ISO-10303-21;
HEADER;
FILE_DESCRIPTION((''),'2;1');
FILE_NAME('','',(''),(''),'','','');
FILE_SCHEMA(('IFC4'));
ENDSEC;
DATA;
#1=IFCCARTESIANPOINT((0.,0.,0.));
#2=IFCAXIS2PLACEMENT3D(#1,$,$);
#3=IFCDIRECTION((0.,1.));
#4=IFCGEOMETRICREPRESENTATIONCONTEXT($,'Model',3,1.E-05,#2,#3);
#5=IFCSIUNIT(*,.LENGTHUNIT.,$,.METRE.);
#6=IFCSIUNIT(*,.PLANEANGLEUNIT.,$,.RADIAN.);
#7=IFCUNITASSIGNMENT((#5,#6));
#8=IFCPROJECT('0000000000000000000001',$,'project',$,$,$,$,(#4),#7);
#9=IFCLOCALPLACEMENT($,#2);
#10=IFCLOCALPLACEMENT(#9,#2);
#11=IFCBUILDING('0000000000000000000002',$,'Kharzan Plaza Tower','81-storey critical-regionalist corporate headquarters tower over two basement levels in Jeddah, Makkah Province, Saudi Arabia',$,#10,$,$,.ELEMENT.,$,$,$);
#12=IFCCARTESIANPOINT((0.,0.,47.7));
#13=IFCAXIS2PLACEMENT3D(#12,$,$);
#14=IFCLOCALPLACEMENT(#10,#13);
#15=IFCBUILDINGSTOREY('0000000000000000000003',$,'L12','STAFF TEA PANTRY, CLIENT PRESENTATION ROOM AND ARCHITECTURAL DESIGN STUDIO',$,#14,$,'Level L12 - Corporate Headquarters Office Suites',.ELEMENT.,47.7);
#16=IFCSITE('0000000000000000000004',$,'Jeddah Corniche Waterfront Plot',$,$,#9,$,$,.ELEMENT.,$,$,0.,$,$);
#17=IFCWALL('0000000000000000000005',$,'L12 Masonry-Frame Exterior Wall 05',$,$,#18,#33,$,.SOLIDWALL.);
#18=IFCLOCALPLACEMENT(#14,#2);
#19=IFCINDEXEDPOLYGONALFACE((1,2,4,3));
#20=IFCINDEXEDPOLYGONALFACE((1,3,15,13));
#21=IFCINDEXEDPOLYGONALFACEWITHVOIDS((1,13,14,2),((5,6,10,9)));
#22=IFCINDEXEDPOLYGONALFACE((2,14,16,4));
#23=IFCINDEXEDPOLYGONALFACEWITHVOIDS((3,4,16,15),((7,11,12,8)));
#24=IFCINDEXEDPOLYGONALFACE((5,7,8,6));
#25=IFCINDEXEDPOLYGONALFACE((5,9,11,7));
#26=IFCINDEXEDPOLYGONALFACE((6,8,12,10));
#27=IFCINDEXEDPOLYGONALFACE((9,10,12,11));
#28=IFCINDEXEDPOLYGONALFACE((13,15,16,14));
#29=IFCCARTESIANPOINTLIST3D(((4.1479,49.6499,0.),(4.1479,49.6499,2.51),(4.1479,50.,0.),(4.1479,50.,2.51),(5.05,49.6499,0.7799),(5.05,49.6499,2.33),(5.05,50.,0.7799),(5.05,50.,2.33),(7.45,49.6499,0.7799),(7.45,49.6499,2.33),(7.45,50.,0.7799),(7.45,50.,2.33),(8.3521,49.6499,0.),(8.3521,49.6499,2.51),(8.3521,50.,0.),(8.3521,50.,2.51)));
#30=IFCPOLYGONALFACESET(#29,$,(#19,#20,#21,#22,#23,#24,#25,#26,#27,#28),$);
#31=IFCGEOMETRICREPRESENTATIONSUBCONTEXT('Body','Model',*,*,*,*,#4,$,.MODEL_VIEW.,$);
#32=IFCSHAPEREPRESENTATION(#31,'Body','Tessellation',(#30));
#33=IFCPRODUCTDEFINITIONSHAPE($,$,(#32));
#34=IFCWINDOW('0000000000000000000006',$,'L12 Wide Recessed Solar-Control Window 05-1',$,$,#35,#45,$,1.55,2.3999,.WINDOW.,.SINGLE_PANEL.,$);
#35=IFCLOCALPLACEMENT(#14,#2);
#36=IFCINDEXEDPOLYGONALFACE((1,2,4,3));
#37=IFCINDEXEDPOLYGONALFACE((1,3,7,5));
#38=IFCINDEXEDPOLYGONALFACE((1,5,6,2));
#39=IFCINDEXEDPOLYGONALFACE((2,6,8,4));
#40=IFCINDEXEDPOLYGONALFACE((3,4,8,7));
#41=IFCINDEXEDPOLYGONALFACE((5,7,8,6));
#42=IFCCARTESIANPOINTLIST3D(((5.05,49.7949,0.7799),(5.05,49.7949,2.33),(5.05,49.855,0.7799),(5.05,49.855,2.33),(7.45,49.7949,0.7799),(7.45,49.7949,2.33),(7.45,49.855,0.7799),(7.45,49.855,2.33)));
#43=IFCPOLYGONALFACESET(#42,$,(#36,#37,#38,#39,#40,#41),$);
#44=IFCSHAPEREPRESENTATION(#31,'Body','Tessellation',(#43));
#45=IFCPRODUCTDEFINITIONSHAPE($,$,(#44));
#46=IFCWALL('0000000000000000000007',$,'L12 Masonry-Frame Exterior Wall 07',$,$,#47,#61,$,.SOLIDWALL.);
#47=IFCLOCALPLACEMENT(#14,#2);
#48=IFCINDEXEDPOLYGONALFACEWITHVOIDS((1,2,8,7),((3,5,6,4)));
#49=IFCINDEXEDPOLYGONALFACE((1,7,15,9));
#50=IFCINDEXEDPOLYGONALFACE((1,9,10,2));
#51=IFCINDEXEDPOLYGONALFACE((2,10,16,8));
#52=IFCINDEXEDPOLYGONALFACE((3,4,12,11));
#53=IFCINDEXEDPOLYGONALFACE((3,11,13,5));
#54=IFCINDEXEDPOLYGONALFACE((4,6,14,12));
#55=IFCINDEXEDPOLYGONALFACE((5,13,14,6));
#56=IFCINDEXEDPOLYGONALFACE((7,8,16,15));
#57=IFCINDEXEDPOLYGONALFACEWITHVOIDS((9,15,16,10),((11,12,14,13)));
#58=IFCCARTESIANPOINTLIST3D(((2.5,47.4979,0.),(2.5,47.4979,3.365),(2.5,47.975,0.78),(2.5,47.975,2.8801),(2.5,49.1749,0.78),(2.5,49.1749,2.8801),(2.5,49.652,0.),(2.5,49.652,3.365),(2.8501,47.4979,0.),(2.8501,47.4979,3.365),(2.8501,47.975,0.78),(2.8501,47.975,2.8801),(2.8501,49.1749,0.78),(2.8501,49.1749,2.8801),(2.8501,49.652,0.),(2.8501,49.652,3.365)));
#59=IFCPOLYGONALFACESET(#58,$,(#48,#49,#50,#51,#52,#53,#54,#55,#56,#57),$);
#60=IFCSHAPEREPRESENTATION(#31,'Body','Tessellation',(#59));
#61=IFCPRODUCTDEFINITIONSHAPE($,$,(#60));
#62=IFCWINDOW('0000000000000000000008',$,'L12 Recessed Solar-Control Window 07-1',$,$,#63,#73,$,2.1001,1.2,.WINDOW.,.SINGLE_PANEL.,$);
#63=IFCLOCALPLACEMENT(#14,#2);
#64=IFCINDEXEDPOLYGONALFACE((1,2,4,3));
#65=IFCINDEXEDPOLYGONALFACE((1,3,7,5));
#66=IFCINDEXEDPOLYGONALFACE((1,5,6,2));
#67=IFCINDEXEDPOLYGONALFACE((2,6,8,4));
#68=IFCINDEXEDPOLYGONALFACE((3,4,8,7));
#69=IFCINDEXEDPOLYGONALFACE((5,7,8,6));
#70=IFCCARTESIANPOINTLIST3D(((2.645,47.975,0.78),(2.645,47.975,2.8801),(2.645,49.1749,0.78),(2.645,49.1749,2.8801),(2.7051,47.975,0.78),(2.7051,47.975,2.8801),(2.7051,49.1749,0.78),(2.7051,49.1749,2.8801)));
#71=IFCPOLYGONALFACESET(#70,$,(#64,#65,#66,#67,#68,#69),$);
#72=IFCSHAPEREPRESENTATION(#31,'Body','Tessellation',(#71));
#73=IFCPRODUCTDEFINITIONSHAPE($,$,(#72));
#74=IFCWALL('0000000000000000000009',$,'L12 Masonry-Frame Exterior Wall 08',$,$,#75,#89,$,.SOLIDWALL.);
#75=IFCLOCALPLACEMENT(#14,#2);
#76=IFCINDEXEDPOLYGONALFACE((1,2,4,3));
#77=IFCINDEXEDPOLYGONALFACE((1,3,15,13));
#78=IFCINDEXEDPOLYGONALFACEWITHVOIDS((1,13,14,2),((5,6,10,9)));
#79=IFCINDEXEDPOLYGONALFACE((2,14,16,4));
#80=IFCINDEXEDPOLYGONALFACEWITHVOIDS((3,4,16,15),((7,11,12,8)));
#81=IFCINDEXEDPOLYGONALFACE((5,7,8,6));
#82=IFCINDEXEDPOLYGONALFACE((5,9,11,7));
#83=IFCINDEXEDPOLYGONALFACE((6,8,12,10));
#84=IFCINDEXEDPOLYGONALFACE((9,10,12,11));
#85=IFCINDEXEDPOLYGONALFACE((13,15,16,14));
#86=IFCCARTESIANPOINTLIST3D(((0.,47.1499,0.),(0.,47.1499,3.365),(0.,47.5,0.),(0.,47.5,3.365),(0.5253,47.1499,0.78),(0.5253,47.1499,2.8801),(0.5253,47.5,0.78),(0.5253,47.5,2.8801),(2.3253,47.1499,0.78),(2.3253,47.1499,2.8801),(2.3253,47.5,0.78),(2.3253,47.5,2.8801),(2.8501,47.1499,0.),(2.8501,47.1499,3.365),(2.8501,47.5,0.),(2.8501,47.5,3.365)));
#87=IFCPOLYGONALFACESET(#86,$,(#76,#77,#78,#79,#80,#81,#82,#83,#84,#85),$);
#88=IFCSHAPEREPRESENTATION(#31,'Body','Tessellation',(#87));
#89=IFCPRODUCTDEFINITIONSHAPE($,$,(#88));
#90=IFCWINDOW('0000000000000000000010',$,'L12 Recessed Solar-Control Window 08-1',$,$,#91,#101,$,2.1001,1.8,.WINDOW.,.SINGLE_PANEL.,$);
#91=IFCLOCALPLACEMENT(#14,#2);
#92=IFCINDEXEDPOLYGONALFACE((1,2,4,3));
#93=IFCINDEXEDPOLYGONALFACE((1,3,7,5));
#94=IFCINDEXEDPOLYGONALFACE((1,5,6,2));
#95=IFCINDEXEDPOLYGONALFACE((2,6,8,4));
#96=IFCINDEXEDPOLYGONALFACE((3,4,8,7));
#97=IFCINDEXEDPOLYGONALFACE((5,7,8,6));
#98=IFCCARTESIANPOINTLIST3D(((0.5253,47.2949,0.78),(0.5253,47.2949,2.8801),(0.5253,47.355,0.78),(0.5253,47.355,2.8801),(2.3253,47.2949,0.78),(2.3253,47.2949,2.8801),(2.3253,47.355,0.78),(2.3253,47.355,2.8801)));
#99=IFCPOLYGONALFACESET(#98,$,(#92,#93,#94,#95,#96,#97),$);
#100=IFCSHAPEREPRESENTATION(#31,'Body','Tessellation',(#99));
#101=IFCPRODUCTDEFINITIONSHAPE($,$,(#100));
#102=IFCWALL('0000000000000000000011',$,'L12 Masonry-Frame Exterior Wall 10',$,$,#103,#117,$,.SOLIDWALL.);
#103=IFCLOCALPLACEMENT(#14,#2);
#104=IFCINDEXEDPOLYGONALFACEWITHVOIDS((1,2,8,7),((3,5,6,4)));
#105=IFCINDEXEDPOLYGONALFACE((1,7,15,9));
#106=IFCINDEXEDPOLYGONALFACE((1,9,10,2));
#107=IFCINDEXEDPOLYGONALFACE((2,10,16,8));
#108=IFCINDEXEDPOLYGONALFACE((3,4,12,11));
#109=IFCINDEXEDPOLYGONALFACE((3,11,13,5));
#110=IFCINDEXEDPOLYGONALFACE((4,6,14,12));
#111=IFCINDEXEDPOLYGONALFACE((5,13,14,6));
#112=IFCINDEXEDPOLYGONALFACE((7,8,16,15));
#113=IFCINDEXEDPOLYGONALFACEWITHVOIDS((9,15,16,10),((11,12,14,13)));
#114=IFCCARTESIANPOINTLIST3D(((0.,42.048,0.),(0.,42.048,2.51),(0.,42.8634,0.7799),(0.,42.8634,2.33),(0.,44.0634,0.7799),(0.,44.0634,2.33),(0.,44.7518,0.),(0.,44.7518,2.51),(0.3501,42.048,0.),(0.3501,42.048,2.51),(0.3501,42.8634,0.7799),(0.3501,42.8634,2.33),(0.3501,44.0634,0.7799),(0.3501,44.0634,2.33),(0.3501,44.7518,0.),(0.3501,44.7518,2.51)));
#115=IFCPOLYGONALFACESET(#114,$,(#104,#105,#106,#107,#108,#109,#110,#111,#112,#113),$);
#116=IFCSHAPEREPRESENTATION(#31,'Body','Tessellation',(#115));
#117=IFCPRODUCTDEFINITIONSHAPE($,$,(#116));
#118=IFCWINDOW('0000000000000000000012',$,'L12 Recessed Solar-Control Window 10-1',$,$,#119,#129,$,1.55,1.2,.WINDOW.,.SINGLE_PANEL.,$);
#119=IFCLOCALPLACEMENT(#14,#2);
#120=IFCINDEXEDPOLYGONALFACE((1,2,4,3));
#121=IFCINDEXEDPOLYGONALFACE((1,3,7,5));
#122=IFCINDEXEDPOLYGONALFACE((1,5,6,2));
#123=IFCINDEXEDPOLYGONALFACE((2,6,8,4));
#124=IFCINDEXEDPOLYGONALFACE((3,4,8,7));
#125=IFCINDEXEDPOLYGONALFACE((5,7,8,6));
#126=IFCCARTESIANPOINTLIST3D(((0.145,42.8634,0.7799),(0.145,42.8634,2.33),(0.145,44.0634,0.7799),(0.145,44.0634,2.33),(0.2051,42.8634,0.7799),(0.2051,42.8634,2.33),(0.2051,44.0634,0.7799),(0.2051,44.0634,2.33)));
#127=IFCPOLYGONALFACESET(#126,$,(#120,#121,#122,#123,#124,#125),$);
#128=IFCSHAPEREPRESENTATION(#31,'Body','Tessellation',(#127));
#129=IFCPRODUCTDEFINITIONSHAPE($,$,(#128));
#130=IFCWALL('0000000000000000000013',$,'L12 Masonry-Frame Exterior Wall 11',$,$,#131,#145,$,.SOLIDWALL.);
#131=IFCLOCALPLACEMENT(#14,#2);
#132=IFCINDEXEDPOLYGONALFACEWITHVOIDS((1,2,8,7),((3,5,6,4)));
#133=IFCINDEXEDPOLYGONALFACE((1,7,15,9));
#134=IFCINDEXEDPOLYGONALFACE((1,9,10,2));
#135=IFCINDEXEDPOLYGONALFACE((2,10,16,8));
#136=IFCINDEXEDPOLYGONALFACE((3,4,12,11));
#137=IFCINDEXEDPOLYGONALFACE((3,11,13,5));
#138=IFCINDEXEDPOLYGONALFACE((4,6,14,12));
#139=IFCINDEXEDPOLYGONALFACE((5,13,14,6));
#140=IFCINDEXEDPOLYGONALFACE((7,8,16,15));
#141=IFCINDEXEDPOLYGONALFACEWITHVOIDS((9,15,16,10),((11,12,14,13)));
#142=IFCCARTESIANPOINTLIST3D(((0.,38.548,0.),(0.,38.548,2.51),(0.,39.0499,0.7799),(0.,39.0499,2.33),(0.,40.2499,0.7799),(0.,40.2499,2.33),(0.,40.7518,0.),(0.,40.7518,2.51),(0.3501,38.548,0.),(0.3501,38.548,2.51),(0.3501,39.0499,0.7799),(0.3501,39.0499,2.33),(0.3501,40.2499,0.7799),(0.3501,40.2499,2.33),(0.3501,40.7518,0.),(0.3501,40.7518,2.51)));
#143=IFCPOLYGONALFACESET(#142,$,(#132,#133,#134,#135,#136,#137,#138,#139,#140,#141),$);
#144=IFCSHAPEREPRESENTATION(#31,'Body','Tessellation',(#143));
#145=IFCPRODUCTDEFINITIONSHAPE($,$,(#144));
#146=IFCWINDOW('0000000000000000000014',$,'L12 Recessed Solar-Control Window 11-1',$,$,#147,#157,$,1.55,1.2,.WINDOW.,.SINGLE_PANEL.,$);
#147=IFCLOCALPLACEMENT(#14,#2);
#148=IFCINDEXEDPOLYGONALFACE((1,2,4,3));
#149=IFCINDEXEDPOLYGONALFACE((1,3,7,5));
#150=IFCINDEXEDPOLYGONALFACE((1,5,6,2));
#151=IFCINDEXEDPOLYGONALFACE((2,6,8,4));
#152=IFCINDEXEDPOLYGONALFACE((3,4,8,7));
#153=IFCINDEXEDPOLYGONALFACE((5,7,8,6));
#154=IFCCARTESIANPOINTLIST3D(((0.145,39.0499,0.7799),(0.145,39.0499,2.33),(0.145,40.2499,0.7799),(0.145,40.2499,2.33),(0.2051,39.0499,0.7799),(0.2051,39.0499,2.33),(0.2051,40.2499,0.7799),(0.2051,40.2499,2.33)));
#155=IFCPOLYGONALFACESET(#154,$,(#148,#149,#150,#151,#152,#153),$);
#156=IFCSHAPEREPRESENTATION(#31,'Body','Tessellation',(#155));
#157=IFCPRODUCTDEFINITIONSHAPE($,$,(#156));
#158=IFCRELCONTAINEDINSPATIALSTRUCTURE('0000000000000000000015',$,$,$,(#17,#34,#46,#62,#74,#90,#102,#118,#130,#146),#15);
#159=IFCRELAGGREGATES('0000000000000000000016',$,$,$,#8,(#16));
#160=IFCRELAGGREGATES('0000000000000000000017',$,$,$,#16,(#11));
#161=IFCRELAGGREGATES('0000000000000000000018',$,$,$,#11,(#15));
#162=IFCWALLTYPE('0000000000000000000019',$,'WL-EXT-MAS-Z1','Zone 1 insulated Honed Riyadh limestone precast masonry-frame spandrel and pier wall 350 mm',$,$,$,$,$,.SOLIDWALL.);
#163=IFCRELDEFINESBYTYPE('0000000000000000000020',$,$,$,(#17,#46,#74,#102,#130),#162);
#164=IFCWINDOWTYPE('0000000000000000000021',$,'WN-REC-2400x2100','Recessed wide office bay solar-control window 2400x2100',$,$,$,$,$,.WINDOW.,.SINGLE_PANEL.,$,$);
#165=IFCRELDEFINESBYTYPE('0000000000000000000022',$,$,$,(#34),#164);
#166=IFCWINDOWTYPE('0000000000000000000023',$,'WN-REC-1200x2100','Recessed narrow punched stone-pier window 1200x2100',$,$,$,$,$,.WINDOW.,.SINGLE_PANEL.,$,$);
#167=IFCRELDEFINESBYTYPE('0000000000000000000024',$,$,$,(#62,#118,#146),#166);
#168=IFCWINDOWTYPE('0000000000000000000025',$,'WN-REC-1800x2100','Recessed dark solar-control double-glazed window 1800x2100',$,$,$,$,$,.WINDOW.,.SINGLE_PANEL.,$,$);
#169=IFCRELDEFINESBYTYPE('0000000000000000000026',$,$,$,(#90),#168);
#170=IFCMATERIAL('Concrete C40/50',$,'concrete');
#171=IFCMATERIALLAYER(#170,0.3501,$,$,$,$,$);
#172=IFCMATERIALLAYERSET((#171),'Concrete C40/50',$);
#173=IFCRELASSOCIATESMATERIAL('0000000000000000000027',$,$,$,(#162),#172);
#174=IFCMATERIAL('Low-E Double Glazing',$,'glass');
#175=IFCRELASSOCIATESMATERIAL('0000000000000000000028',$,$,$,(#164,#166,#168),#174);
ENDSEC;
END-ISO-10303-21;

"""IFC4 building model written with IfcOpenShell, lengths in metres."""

from ifc_helpers import new_model, si_unit, direction, frame, frame_2d, origin, place, context, subcontext, project, spatial, rectangle, extrude, source, transform, mapped, material, layer, layer_set, type_object, element, fill, save


model = new_model("IFC4")

# Units and contexts
model_context = context("Model", 3, precision=1e-05, world=origin(), true_north=direction((0.0, 1.0)))
body_context = subcontext(model_context, "Body", "Model", "MODEL_VIEW")
ifc_project = project(units=[si_unit("LENGTHUNIT", "METRE"), si_unit("PLANEANGLEUNIT", "RADIAN")], contexts=[model_context])

# Site, building, storey
site_placement = place(None, origin())
site = spatial("IfcSite", under=ifc_project, at=site_placement, Name="Jeddah Corniche Waterfront Plot", CompositionType="ELEMENT", RefElevation=0.0)
building_placement = place(site_placement, origin())
building = spatial("IfcBuilding", under=site, at=building_placement, Name="Kharzan Plaza Tower", Description="81-storey critical-regionalist corporate headquarters tower over two basement levels in Jeddah, Makkah Province, Saudi Arabia", CompositionType="ELEMENT")
storey_placement = place(building_placement, frame((0.0, 0.0, 47.7)))
storey = spatial("IfcBuildingStorey", under=building, at=storey_placement, Name="L12", Description="STAFF TEA PANTRY, CLIENT PRESENTATION ROOM AND ARCHITECTURAL DESIGN STUDIO", LongName="Level L12 - Corporate Headquarters Office Suites", CompositionType="ELEMENT", Elevation=47.7)

# Walls, openings, windows
ifc_material_1 = material(Name="Concrete C40/50", Category="concrete")
ifc_layer_1 = layer(ifc_material_1, 0.3501)
ifc_layer_set_1 = layer_set([ifc_layer_1], Name="Concrete C40/50")
wall_type_1 = type_object("IfcWallType", Name="WL-EXT-MAS-Z1", Description="Zone 1 insulated Honed Riyadh limestone precast masonry-frame spandrel and pier wall 350 mm", PredefinedType="SOLIDWALL", material=ifc_layer_set_1)
wall_1_placement = place(storey_placement, frame((8.3521, 49.825, 0.0), z_axis=(0.0, 0.0, 1.0), x_axis=(-1.0, 0.0, 0.0)))
wall_1 = element("IfcWall", 1, at=wall_1_placement, inside=storey, type_object=wall_type_1, Name="L12 Masonry-Frame Exterior Wall 05", PredefinedType="SOLIDWALL", context=body_context, shape_type="SweptSolid", body=[
    extrude(rectangle(XDim=4.2041, YDim=0.3501, at=frame_2d((2.1021, 0.0))), origin(), (0.0, 0.0, 1.0), 2.51),
])
opening_1_placement = place(wall_1_placement, frame((0.9021, 0.0, 0.78)))
opening_1 = element("IfcOpeningElement", 2, at=opening_1_placement, cuts=wall_1, PredefinedType="OPENING", context=body_context, shape_type="SweptSolid", body=[
    extrude(rectangle(XDim=2.3999, YDim=1.55, at=frame_2d((1.2, 0.7749))), frame((0.0, 0.1851, 0.0), z_axis=(0.0, -1.0, 0.0), x_axis=(1.0, 0.0, 0.0)), (0.0, 0.0, 1.0), 0.3701),
])
ifc_material_2 = material(Name="Low-E Double Glazing", Category="glass")
window_type_1 = type_object("IfcWindowType", Name="WN-REC-2400x2100", Description="Recessed wide office bay solar-control window 2400x2100", PartitioningType="SINGLE_PANEL", PredefinedType="WINDOW", material=ifc_material_2)
shared_shape_1 = source(origin(), body_context, "Body", "SweptSolid", [
    extrude(rectangle(XDim=2.3999, YDim=1.55, at=frame_2d((1.2, 0.7749))), frame((0.0, 0.03, 0.0), z_axis=(0.0, -1.0, 0.0), x_axis=(1.0, 0.0, 0.0)), (0.0, 0.0, 1.0), 0.0601),
])
window_1_placement = place(opening_1_placement, origin())
window_1 = element("IfcWindow", 3, at=window_1_placement, inside=storey, type_object=window_type_1, Name="L12 Wide Recessed Solar-Control Window 05-1", OverallHeight=1.55, OverallWidth=2.3999, PartitioningType="SINGLE_PANEL", PredefinedType="WINDOW", context=body_context, shape_type="MappedRepresentation", body=[
    mapped(shared_shape_1, transform((0.0, 0.0, 0.0), x_axis=(1.0, 0.0, 0.0), y_axis=(0.0, 1.0, 0.0), z_axis=(0.0, 0.0, 1.0))),
])
fill(opening_1, window_1)
wall_2_placement = place(storey_placement, frame((2.675, 49.6521, 0.0), z_axis=(0.0, 0.0, 1.0), x_axis=(0.0, -1.0, 0.0)))
wall_2 = element("IfcWall", 4, at=wall_2_placement, inside=storey, type_object=wall_type_1, Name="L12 Masonry-Frame Exterior Wall 07", PredefinedType="SOLIDWALL", context=body_context, shape_type="SweptSolid", body=[
    extrude(rectangle(XDim=2.1541, YDim=0.3501, at=frame_2d((1.0771, 0.0))), origin(), (0.0, 0.0, 1.0), 3.365),
])
opening_2_placement = place(wall_2_placement, frame((0.4771, 0.0, 0.78)))
opening_2 = element("IfcOpeningElement", 5, at=opening_2_placement, cuts=wall_2, PredefinedType="OPENING", context=body_context, shape_type="SweptSolid", body=[
    extrude(rectangle(XDim=1.2, YDim=2.1001, at=frame_2d((0.6001, 1.05))), frame((0.0, 0.1851, 0.0), z_axis=(0.0, -1.0, 0.0), x_axis=(1.0, 0.0, 0.0)), (0.0, 0.0, 1.0), 0.3701),
])
window_type_2 = type_object("IfcWindowType", Name="WN-REC-1200x2100", Description="Recessed narrow punched stone-pier window 1200x2100", PartitioningType="SINGLE_PANEL", PredefinedType="WINDOW", material=ifc_material_2)
shared_shape_2 = source(origin(), body_context, "Body", "SweptSolid", [
    extrude(rectangle(XDim=1.2, YDim=2.1001, at=frame_2d((0.6001, 1.05))), frame((0.0, 0.03, 0.0), z_axis=(0.0, -1.0, 0.0), x_axis=(1.0, 0.0, 0.0)), (0.0, 0.0, 1.0), 0.0601),
])
window_2_placement = place(opening_2_placement, origin())
window_2 = element("IfcWindow", 6, at=window_2_placement, inside=storey, type_object=window_type_2, Name="L12 Recessed Solar-Control Window 07-1", OverallHeight=2.1001, OverallWidth=1.2, PartitioningType="SINGLE_PANEL", PredefinedType="WINDOW", context=body_context, shape_type="MappedRepresentation", body=[
    mapped(shared_shape_2, transform((0.0, 0.0, 0.0), x_axis=(1.0, 0.0, 0.0), y_axis=(0.0, 1.0, 0.0), z_axis=(0.0, 0.0, 1.0))),
])
fill(opening_2, window_2)
wall_3_placement = place(storey_placement, frame((2.8501, 47.325, 0.0), z_axis=(0.0, 0.0, 1.0), x_axis=(-1.0, 0.0, 0.0)))
wall_3 = element("IfcWall", 7, at=wall_3_placement, inside=storey, type_object=wall_type_1, Name="L12 Masonry-Frame Exterior Wall 08", PredefinedType="SOLIDWALL", context=body_context, shape_type="SweptSolid", body=[
    extrude(rectangle(XDim=2.8501, YDim=0.3501, at=frame_2d((1.425, 0.0))), origin(), (0.0, 0.0, 1.0), 3.365),
])
opening_3_placement = place(wall_3_placement, frame((0.5249, 0.0, 0.78)))
opening_3 = element("IfcOpeningElement", 8, at=opening_3_placement, cuts=wall_3, PredefinedType="OPENING", context=body_context, shape_type="SweptSolid", body=[
    extrude(rectangle(XDim=1.8, YDim=2.1001, at=frame_2d((0.8999, 1.05))), frame((0.0, 0.1851, 0.0), z_axis=(0.0, -1.0, 0.0), x_axis=(1.0, 0.0, 0.0)), (0.0, 0.0, 1.0), 0.3701),
])
window_type_3 = type_object("IfcWindowType", Name="WN-REC-1800x2100", Description="Recessed dark solar-control double-glazed window 1800x2100", PartitioningType="SINGLE_PANEL", PredefinedType="WINDOW", material=ifc_material_2)
shared_shape_3 = source(origin(), body_context, "Body", "SweptSolid", [
    extrude(rectangle(XDim=1.8, YDim=2.1001, at=frame_2d((0.8999, 1.05))), frame((0.0, 0.03, 0.0), z_axis=(0.0, -1.0, 0.0), x_axis=(1.0, 0.0, 0.0)), (0.0, 0.0, 1.0), 0.0601),
])
window_3_placement = place(opening_3_placement, origin())
window_3 = element("IfcWindow", 9, at=window_3_placement, inside=storey, type_object=window_type_3, Name="L12 Recessed Solar-Control Window 08-1", OverallHeight=2.1001, OverallWidth=1.8, PartitioningType="SINGLE_PANEL", PredefinedType="WINDOW", context=body_context, shape_type="MappedRepresentation", body=[
    mapped(shared_shape_3, transform((0.0, 0.0, 0.0), x_axis=(1.0, 0.0, 0.0), y_axis=(0.0, 1.0, 0.0), z_axis=(0.0, 0.0, 1.0))),
])
fill(opening_3, window_3)
wall_4_placement = place(storey_placement, frame((0.175, 44.752, 0.0), z_axis=(0.0, 0.0, 1.0), x_axis=(0.0, -1.0, 0.0)))
wall_4 = element("IfcWall", 10, at=wall_4_placement, inside=storey, type_object=wall_type_1, Name="L12 Masonry-Frame Exterior Wall 10", PredefinedType="SOLIDWALL", context=body_context, shape_type="SweptSolid", body=[
    extrude(rectangle(XDim=2.7039, YDim=0.3501, at=frame_2d((1.3521, 0.0))), origin(), (0.0, 0.0, 1.0), 2.51),
])
opening_4_placement = place(wall_4_placement, frame((0.6885, 0.0, 0.78)))
opening_4 = element("IfcOpeningElement", 11, at=opening_4_placement, cuts=wall_4, PredefinedType="OPENING", context=body_context, shape_type="SweptSolid", body=[
    extrude(rectangle(XDim=1.2, YDim=1.55, at=frame_2d((0.6001, 0.7749))), frame((0.0, 0.1851, 0.0), z_axis=(0.0, -1.0, 0.0), x_axis=(1.0, 0.0, 0.0)), (0.0, 0.0, 1.0), 0.3701),
])
shared_shape_4 = source(origin(), body_context, "Body", "SweptSolid", [
    extrude(rectangle(XDim=1.2, YDim=1.55, at=frame_2d((0.6001, 0.7749))), frame((0.0, 0.03, 0.0), z_axis=(0.0, -1.0, 0.0), x_axis=(1.0, 0.0, 0.0)), (0.0, 0.0, 1.0), 0.0601),
])
window_4_placement = place(opening_4_placement, origin())
window_4 = element("IfcWindow", 12, at=window_4_placement, inside=storey, type_object=window_type_2, Name="L12 Recessed Solar-Control Window 10-1", OverallHeight=1.55, OverallWidth=1.2, PartitioningType="SINGLE_PANEL", PredefinedType="WINDOW", context=body_context, shape_type="MappedRepresentation", body=[
    mapped(shared_shape_4, transform((0.0, 0.0, 0.0), x_axis=(1.0, 0.0, 0.0), y_axis=(0.0, 1.0, 0.0), z_axis=(0.0, 0.0, 1.0))),
])
fill(opening_4, window_4)
wall_5_placement = place(storey_placement, frame((0.175, 40.752, 0.0), z_axis=(0.0, 0.0, 1.0), x_axis=(0.0, -1.0, 0.0)))
wall_5 = element("IfcWall", 13, at=wall_5_placement, inside=storey, type_object=wall_type_1, Name="L12 Masonry-Frame Exterior Wall 11", PredefinedType="SOLIDWALL", context=body_context, shape_type="SweptSolid", body=[
    extrude(rectangle(XDim=2.2039, YDim=0.3501, at=frame_2d((1.1021, 0.0))), origin(), (0.0, 0.0, 1.0), 2.51),
])
opening_5_placement = place(wall_5_placement, frame((0.502, 0.0, 0.78)))
opening_5 = element("IfcOpeningElement", 14, at=opening_5_placement, cuts=wall_5, PredefinedType="OPENING", context=body_context, shape_type="SweptSolid", body=[
    extrude(rectangle(XDim=1.2, YDim=1.55, at=frame_2d((0.6001, 0.7749))), frame((0.0, 0.1851, 0.0), z_axis=(0.0, -1.0, 0.0), x_axis=(1.0, 0.0, 0.0)), (0.0, 0.0, 1.0), 0.3701),
])
window_5_placement = place(opening_5_placement, origin())
window_5 = element("IfcWindow", 15, at=window_5_placement, inside=storey, type_object=window_type_2, Name="L12 Recessed Solar-Control Window 11-1", OverallHeight=1.55, OverallWidth=1.2, PartitioningType="SINGLE_PANEL", PredefinedType="WINDOW", context=body_context, shape_type="MappedRepresentation", body=[
    mapped(shared_shape_4, transform((0.0, 0.0, 0.0), x_axis=(1.0, 0.0, 0.0), y_axis=(0.0, 1.0, 0.0), z_axis=(0.0, 0.0, 1.0))),
])
fill(opening_5, window_5)

save(model, "model.ifc")
